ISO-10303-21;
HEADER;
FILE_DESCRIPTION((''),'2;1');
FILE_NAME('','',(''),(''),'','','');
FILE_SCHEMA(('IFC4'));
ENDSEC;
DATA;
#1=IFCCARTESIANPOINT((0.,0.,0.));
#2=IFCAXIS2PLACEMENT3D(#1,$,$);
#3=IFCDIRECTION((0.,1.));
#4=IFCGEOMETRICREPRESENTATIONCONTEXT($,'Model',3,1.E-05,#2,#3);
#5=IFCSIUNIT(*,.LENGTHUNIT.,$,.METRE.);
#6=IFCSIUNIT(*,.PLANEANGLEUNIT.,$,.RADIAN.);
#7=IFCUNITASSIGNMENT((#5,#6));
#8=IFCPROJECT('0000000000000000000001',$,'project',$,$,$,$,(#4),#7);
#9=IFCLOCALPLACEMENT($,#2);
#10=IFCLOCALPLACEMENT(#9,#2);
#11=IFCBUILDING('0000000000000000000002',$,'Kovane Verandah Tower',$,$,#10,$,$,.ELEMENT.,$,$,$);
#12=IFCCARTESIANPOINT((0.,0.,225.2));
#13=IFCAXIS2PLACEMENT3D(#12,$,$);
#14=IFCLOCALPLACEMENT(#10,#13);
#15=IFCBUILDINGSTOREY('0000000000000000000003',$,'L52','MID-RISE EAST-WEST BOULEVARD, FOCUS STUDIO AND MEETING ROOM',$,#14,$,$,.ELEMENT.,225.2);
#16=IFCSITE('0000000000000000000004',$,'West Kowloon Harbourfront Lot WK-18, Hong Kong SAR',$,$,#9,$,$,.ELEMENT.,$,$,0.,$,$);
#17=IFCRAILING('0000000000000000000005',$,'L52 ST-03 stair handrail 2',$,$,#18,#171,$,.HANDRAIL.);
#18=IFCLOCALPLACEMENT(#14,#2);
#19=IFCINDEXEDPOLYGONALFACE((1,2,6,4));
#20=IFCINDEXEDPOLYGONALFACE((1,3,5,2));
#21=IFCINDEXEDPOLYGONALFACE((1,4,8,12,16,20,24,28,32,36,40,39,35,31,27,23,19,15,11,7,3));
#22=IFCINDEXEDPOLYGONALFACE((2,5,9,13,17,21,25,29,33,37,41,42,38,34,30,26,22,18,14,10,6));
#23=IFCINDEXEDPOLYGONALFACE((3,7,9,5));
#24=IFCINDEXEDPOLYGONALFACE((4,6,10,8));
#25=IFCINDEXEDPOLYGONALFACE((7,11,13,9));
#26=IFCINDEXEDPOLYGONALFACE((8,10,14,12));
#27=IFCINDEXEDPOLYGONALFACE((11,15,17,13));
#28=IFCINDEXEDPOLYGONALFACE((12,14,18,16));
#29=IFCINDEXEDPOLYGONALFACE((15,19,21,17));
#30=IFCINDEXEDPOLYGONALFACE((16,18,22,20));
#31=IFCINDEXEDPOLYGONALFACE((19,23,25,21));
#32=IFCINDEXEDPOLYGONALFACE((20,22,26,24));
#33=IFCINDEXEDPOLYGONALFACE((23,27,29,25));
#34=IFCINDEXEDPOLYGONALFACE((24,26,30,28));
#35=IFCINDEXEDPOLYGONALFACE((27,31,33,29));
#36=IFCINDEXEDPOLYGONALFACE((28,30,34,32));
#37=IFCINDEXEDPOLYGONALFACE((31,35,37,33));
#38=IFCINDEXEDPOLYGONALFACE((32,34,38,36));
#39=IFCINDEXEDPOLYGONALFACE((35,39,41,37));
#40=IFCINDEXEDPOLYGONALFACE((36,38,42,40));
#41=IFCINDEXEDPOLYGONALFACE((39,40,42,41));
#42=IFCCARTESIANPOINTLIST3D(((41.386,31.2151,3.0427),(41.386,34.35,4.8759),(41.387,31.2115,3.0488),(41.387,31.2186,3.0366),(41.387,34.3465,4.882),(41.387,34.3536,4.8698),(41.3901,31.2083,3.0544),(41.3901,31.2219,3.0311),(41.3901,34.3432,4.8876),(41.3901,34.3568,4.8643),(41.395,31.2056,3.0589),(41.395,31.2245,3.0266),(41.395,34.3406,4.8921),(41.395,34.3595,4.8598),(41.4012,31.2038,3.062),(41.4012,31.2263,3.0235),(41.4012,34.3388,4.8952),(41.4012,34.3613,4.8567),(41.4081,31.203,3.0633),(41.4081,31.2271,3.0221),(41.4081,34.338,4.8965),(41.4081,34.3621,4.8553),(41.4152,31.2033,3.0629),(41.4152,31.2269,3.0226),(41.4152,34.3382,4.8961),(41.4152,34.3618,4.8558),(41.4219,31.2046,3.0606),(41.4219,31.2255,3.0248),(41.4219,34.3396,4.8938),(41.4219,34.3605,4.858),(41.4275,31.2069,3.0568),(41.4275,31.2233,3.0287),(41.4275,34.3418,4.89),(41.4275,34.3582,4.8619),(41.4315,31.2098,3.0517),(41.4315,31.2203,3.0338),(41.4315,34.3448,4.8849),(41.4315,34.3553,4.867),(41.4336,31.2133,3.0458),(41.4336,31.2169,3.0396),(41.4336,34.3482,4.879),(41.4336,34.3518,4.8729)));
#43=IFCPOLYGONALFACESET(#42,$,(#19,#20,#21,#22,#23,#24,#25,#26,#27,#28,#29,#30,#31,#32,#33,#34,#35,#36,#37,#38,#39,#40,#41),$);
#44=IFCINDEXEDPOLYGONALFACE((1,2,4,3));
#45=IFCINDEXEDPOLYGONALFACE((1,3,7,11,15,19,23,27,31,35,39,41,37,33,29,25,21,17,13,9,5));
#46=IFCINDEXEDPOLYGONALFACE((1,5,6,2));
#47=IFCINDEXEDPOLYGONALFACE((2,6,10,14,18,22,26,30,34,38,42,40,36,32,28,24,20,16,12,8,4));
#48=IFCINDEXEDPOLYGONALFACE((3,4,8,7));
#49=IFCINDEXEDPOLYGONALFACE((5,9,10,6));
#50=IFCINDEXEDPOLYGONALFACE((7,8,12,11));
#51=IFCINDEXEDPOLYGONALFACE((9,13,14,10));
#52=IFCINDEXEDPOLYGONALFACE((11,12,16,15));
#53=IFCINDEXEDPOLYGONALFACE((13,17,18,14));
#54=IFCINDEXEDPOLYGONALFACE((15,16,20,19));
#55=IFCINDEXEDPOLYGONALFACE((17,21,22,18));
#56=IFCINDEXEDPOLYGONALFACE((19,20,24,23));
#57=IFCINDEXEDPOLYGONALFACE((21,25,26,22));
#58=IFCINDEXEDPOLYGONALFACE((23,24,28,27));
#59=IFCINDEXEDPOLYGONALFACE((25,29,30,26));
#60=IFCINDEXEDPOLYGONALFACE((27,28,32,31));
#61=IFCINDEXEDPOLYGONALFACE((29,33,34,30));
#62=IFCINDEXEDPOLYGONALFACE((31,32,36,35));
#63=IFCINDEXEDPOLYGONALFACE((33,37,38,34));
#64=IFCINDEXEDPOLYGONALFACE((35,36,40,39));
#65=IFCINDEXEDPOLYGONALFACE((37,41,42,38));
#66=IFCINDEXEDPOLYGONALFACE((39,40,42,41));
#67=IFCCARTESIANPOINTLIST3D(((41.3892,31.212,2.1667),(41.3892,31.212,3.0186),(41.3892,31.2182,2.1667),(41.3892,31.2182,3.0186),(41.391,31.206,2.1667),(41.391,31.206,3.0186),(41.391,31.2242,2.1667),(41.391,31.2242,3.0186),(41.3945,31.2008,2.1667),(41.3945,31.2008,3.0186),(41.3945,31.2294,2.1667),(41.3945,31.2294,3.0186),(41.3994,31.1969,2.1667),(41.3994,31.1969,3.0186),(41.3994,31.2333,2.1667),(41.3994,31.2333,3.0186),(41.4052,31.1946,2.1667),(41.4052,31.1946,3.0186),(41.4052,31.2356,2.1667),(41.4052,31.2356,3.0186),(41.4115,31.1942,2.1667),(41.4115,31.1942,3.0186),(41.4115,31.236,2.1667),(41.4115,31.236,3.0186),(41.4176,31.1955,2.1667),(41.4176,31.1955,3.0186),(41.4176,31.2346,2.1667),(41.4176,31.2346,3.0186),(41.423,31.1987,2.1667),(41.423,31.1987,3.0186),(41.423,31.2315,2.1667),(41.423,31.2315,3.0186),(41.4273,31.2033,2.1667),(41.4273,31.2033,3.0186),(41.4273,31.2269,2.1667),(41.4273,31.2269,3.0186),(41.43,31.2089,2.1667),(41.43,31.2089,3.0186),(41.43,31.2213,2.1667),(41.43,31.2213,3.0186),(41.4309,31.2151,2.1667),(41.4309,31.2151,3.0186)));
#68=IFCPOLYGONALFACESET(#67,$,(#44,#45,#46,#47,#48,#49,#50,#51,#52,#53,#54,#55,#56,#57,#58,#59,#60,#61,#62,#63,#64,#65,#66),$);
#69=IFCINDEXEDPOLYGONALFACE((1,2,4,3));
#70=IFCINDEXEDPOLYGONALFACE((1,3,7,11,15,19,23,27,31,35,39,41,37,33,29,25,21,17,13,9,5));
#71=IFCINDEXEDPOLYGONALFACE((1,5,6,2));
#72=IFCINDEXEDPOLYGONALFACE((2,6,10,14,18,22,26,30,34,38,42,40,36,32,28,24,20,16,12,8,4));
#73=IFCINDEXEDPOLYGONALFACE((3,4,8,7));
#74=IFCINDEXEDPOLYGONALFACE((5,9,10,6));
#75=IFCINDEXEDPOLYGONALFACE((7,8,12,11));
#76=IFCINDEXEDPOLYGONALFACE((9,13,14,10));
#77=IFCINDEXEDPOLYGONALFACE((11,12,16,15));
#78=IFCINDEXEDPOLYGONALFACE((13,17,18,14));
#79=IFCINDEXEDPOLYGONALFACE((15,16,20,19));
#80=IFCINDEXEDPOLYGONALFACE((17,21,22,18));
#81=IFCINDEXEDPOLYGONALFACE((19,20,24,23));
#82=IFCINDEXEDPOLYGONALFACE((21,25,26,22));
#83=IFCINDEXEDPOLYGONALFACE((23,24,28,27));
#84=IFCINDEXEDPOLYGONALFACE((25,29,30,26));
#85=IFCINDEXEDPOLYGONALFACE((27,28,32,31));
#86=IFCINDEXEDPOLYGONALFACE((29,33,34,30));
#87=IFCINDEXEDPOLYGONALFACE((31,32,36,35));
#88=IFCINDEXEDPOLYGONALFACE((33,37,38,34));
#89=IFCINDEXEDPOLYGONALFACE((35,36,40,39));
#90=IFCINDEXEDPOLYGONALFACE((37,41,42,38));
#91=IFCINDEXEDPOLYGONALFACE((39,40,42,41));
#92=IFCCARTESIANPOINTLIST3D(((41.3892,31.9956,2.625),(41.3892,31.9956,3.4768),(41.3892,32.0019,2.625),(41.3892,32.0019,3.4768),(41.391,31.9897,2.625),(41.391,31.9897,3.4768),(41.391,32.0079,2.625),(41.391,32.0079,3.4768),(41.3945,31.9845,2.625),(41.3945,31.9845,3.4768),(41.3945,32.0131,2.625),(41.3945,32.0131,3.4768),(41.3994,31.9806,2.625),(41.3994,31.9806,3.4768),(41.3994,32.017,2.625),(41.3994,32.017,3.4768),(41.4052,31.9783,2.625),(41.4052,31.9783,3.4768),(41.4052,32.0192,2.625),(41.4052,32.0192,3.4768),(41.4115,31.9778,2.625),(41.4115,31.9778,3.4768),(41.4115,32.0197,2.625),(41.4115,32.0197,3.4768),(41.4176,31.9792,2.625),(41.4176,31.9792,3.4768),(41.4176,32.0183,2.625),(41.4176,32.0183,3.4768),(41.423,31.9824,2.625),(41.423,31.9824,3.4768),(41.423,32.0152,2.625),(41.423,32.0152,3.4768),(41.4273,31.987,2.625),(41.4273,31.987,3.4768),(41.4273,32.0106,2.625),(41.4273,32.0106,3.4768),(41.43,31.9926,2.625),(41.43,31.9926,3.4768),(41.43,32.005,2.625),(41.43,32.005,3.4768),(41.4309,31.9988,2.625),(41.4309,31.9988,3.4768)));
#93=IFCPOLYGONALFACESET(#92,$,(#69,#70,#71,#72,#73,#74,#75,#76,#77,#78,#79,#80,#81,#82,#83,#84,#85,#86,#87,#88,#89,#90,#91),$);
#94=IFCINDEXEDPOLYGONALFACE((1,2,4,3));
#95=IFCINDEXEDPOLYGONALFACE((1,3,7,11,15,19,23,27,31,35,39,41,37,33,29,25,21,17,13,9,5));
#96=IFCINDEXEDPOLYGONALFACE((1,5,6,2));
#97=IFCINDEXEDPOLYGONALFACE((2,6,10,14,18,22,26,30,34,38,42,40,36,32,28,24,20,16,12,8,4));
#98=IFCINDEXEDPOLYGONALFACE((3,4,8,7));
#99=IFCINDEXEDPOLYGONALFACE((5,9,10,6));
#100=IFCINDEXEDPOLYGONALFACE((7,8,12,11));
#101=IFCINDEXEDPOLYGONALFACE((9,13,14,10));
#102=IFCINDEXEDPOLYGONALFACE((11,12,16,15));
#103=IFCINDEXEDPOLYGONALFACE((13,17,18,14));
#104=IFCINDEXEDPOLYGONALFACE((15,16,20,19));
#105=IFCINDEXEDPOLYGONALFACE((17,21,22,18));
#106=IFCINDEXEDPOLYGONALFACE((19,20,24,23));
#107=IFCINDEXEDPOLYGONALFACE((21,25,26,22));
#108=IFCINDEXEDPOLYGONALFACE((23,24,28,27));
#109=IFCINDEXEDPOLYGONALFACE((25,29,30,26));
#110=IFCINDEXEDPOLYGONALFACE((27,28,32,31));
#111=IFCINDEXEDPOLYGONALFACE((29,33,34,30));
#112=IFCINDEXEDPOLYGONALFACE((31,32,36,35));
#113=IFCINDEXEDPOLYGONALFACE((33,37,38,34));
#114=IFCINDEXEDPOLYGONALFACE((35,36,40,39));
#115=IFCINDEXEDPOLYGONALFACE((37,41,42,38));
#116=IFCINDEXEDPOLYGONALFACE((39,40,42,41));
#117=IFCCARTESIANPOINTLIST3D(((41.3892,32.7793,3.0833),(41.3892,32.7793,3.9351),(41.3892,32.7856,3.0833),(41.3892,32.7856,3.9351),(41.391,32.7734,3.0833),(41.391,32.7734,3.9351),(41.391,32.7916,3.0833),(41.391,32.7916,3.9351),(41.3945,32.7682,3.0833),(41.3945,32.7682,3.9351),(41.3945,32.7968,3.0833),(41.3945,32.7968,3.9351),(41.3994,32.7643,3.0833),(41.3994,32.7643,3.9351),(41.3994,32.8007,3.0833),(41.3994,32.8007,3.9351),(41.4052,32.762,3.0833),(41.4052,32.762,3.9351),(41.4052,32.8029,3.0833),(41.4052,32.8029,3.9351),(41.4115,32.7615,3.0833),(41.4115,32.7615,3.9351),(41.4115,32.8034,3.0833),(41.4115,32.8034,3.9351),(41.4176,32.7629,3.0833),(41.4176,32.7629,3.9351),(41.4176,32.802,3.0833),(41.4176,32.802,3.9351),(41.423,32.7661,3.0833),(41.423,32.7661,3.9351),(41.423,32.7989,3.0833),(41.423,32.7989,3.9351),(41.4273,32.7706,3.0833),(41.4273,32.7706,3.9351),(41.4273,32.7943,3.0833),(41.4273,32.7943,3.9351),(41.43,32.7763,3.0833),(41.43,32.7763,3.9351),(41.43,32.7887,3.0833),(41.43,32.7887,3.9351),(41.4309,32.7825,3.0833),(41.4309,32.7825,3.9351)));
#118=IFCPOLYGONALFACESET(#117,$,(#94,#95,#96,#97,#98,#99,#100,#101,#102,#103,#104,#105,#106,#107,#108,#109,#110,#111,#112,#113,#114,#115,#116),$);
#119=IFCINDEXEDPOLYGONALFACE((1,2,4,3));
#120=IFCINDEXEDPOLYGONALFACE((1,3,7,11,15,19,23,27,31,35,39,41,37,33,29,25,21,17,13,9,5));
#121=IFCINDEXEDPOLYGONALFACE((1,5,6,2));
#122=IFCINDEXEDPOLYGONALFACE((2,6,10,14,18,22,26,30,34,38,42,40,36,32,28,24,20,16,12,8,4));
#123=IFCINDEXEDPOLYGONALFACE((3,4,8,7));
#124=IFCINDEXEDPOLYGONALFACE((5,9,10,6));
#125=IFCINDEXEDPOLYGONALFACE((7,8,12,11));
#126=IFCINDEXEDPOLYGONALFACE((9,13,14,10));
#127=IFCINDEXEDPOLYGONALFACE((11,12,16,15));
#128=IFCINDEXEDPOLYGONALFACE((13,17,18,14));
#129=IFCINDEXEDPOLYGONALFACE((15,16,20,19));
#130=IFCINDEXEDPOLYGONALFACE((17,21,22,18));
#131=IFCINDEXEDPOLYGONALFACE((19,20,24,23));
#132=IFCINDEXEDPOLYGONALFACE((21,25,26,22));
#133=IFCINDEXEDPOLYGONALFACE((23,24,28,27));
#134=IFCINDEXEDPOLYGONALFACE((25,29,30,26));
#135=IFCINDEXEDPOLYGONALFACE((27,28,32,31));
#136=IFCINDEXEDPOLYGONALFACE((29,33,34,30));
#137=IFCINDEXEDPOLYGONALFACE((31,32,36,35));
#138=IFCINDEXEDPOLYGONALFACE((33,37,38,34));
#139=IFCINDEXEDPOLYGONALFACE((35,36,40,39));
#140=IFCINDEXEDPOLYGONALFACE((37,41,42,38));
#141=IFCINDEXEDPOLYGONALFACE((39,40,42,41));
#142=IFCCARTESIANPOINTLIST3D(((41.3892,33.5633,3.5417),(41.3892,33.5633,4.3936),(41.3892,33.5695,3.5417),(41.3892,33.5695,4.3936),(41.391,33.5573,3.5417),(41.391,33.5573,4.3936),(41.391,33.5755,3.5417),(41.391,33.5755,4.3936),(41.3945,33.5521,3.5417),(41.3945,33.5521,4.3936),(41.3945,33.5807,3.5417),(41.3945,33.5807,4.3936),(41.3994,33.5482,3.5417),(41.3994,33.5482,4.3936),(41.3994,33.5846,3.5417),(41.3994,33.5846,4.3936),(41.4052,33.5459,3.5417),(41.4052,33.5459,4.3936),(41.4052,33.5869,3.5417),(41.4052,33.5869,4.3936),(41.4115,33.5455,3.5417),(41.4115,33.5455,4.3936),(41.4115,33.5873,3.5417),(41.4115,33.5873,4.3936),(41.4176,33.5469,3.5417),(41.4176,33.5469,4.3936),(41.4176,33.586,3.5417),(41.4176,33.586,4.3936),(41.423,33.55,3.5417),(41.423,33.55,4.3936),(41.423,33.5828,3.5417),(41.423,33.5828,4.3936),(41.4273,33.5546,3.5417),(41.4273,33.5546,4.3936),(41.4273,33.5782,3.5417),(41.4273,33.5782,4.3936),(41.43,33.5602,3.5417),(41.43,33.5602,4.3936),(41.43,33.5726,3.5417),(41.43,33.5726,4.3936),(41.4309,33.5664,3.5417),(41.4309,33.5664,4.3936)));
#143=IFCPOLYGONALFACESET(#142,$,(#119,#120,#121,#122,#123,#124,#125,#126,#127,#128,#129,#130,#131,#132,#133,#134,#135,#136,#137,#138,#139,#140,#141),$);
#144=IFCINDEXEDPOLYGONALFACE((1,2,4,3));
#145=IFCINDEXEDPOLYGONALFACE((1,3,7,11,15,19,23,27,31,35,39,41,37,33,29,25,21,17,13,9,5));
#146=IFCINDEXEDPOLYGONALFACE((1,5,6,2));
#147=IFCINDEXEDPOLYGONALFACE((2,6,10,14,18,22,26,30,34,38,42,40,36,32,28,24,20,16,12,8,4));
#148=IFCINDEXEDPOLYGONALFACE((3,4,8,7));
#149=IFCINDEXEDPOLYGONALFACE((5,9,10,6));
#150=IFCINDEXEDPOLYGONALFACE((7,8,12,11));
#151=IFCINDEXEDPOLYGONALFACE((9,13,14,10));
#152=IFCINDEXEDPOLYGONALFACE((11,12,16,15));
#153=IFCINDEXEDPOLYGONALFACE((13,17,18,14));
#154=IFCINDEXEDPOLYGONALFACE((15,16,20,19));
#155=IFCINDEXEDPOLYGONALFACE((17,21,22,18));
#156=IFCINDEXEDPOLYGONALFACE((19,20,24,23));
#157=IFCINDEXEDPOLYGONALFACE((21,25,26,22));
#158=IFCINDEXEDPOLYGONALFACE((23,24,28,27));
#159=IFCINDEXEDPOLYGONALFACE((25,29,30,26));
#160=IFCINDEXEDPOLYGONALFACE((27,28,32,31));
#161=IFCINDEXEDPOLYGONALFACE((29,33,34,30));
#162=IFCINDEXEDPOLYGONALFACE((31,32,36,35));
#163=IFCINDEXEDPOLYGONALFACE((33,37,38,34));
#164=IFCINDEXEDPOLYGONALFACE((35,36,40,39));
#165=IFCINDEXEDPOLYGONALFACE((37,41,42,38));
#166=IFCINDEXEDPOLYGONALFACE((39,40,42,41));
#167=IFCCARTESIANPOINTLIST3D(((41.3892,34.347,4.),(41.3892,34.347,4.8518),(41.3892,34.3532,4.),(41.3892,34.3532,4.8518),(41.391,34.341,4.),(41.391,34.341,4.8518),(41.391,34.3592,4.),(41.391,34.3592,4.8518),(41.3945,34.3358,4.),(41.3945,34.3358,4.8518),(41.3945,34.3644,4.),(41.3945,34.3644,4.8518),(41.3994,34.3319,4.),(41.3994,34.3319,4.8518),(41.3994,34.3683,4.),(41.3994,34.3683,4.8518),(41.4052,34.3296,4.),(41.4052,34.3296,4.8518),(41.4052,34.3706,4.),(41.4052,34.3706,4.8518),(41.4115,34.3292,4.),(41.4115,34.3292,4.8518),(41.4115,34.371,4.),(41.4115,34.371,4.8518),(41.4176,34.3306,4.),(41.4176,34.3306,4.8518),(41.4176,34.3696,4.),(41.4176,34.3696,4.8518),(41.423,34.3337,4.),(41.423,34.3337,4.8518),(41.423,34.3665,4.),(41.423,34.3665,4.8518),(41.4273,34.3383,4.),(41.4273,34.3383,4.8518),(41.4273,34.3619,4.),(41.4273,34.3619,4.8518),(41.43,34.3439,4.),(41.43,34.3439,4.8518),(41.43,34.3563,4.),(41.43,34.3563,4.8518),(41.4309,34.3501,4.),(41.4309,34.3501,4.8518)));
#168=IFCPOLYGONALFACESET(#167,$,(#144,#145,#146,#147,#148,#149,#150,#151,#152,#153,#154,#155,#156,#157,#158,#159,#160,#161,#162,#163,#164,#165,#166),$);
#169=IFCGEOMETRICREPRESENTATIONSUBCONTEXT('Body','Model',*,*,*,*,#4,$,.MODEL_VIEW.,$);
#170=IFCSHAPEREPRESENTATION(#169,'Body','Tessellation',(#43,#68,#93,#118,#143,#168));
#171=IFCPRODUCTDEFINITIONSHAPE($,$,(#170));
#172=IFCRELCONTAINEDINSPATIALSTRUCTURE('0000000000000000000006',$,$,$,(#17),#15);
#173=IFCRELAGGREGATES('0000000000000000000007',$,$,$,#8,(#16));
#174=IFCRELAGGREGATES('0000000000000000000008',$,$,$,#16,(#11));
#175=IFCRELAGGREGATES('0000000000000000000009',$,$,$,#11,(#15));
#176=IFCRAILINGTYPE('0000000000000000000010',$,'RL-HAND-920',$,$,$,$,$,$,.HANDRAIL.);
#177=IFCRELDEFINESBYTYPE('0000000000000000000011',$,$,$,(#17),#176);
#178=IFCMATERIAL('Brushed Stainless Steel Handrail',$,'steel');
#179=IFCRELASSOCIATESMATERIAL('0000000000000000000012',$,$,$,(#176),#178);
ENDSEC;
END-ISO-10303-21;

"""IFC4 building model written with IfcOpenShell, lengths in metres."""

from ifc_helpers import new_model, si_unit, direction, frame, origin, origin_2d, place, context, subcontext, project, spatial, circle, extrude, material, type_object, element, save


model = new_model("IFC4")

# Units and contexts
model_context = context("Model", 3, precision=1e-05, world=origin(), true_north=direction((0.0, 1.0)))
body_context = subcontext(model_context, "Body", "Model", "MODEL_VIEW")
ifc_project = project(units=[si_unit("LENGTHUNIT", "METRE"), si_unit("PLANEANGLEUNIT", "RADIAN")], contexts=[model_context])

# Site, building, storey
site_placement = place(None, origin())
site = spatial("IfcSite", under=ifc_project, at=site_placement, Name="West Kowloon Harbourfront Lot WK-18, Hong Kong SAR", CompositionType="ELEMENT", RefElevation=0.0)
building_placement = place(site_placement, origin())
building = spatial("IfcBuilding", under=site, at=building_placement, Name="Kovane Verandah Tower", CompositionType="ELEMENT")
storey_placement = place(building_placement, frame((0.0, 0.0, 225.2)))
storey = spatial("IfcBuildingStorey", under=building, at=storey_placement, Name="L52", Description="MID-RISE EAST-WEST BOULEVARD, FOCUS STUDIO AND MEETING ROOM", CompositionType="ELEMENT", Elevation=225.2)

# Railing
ifc_material_1 = material(Name="Brushed Stainless Steel Handrail", Category="steel")
railing_type_1 = type_object("IfcRailingType", Name="RL-HAND-920", PredefinedType="HANDRAIL", material=ifc_material_1)
railing_1_placement = place(storey_placement, frame((41.4099, 31.2151, 2.1667)))
element("IfcRailing", 1, at=railing_1_placement, inside=storey, type_object=railing_type_1, Name="L52 ST-03 stair handrail 2", PredefinedType="HANDRAIL", context=body_context, shape_type="SweptSolid", body=[
    extrude(circle(Radius=0.0239, at=origin_2d()), frame((0.0, 0.0, 0.876), z_axis=(0.0, 0.86324, 0.504794), x_axis=(-1.0, 0.0, 0.0)), (0.0, 0.0, 1.0), 3.6316),
    extrude(circle(Radius=0.021, at=origin_2d()), origin(), (0.0, 0.0, 1.0), 0.8518),
    extrude(circle(Radius=0.021, at=origin_2d()), frame((0.0, 0.7837, 0.4583)), (0.0, 0.0, 1.0), 0.8518),
    extrude(circle(Radius=0.021, at=origin_2d()), frame((0.0, 1.5674, 0.9165)), (0.0, 0.0, 1.0), 0.8518),
    extrude(circle(Radius=0.021, at=origin_2d()), frame((0.0, 2.3513, 1.375)), (0.0, 0.0, 1.0), 0.8518),
    extrude(circle(Radius=0.021, at=origin_2d()), frame((0.0, 3.135, 1.8333)), (0.0, 0.0, 1.0), 0.8518),
])

save(model, "model.ifc")
